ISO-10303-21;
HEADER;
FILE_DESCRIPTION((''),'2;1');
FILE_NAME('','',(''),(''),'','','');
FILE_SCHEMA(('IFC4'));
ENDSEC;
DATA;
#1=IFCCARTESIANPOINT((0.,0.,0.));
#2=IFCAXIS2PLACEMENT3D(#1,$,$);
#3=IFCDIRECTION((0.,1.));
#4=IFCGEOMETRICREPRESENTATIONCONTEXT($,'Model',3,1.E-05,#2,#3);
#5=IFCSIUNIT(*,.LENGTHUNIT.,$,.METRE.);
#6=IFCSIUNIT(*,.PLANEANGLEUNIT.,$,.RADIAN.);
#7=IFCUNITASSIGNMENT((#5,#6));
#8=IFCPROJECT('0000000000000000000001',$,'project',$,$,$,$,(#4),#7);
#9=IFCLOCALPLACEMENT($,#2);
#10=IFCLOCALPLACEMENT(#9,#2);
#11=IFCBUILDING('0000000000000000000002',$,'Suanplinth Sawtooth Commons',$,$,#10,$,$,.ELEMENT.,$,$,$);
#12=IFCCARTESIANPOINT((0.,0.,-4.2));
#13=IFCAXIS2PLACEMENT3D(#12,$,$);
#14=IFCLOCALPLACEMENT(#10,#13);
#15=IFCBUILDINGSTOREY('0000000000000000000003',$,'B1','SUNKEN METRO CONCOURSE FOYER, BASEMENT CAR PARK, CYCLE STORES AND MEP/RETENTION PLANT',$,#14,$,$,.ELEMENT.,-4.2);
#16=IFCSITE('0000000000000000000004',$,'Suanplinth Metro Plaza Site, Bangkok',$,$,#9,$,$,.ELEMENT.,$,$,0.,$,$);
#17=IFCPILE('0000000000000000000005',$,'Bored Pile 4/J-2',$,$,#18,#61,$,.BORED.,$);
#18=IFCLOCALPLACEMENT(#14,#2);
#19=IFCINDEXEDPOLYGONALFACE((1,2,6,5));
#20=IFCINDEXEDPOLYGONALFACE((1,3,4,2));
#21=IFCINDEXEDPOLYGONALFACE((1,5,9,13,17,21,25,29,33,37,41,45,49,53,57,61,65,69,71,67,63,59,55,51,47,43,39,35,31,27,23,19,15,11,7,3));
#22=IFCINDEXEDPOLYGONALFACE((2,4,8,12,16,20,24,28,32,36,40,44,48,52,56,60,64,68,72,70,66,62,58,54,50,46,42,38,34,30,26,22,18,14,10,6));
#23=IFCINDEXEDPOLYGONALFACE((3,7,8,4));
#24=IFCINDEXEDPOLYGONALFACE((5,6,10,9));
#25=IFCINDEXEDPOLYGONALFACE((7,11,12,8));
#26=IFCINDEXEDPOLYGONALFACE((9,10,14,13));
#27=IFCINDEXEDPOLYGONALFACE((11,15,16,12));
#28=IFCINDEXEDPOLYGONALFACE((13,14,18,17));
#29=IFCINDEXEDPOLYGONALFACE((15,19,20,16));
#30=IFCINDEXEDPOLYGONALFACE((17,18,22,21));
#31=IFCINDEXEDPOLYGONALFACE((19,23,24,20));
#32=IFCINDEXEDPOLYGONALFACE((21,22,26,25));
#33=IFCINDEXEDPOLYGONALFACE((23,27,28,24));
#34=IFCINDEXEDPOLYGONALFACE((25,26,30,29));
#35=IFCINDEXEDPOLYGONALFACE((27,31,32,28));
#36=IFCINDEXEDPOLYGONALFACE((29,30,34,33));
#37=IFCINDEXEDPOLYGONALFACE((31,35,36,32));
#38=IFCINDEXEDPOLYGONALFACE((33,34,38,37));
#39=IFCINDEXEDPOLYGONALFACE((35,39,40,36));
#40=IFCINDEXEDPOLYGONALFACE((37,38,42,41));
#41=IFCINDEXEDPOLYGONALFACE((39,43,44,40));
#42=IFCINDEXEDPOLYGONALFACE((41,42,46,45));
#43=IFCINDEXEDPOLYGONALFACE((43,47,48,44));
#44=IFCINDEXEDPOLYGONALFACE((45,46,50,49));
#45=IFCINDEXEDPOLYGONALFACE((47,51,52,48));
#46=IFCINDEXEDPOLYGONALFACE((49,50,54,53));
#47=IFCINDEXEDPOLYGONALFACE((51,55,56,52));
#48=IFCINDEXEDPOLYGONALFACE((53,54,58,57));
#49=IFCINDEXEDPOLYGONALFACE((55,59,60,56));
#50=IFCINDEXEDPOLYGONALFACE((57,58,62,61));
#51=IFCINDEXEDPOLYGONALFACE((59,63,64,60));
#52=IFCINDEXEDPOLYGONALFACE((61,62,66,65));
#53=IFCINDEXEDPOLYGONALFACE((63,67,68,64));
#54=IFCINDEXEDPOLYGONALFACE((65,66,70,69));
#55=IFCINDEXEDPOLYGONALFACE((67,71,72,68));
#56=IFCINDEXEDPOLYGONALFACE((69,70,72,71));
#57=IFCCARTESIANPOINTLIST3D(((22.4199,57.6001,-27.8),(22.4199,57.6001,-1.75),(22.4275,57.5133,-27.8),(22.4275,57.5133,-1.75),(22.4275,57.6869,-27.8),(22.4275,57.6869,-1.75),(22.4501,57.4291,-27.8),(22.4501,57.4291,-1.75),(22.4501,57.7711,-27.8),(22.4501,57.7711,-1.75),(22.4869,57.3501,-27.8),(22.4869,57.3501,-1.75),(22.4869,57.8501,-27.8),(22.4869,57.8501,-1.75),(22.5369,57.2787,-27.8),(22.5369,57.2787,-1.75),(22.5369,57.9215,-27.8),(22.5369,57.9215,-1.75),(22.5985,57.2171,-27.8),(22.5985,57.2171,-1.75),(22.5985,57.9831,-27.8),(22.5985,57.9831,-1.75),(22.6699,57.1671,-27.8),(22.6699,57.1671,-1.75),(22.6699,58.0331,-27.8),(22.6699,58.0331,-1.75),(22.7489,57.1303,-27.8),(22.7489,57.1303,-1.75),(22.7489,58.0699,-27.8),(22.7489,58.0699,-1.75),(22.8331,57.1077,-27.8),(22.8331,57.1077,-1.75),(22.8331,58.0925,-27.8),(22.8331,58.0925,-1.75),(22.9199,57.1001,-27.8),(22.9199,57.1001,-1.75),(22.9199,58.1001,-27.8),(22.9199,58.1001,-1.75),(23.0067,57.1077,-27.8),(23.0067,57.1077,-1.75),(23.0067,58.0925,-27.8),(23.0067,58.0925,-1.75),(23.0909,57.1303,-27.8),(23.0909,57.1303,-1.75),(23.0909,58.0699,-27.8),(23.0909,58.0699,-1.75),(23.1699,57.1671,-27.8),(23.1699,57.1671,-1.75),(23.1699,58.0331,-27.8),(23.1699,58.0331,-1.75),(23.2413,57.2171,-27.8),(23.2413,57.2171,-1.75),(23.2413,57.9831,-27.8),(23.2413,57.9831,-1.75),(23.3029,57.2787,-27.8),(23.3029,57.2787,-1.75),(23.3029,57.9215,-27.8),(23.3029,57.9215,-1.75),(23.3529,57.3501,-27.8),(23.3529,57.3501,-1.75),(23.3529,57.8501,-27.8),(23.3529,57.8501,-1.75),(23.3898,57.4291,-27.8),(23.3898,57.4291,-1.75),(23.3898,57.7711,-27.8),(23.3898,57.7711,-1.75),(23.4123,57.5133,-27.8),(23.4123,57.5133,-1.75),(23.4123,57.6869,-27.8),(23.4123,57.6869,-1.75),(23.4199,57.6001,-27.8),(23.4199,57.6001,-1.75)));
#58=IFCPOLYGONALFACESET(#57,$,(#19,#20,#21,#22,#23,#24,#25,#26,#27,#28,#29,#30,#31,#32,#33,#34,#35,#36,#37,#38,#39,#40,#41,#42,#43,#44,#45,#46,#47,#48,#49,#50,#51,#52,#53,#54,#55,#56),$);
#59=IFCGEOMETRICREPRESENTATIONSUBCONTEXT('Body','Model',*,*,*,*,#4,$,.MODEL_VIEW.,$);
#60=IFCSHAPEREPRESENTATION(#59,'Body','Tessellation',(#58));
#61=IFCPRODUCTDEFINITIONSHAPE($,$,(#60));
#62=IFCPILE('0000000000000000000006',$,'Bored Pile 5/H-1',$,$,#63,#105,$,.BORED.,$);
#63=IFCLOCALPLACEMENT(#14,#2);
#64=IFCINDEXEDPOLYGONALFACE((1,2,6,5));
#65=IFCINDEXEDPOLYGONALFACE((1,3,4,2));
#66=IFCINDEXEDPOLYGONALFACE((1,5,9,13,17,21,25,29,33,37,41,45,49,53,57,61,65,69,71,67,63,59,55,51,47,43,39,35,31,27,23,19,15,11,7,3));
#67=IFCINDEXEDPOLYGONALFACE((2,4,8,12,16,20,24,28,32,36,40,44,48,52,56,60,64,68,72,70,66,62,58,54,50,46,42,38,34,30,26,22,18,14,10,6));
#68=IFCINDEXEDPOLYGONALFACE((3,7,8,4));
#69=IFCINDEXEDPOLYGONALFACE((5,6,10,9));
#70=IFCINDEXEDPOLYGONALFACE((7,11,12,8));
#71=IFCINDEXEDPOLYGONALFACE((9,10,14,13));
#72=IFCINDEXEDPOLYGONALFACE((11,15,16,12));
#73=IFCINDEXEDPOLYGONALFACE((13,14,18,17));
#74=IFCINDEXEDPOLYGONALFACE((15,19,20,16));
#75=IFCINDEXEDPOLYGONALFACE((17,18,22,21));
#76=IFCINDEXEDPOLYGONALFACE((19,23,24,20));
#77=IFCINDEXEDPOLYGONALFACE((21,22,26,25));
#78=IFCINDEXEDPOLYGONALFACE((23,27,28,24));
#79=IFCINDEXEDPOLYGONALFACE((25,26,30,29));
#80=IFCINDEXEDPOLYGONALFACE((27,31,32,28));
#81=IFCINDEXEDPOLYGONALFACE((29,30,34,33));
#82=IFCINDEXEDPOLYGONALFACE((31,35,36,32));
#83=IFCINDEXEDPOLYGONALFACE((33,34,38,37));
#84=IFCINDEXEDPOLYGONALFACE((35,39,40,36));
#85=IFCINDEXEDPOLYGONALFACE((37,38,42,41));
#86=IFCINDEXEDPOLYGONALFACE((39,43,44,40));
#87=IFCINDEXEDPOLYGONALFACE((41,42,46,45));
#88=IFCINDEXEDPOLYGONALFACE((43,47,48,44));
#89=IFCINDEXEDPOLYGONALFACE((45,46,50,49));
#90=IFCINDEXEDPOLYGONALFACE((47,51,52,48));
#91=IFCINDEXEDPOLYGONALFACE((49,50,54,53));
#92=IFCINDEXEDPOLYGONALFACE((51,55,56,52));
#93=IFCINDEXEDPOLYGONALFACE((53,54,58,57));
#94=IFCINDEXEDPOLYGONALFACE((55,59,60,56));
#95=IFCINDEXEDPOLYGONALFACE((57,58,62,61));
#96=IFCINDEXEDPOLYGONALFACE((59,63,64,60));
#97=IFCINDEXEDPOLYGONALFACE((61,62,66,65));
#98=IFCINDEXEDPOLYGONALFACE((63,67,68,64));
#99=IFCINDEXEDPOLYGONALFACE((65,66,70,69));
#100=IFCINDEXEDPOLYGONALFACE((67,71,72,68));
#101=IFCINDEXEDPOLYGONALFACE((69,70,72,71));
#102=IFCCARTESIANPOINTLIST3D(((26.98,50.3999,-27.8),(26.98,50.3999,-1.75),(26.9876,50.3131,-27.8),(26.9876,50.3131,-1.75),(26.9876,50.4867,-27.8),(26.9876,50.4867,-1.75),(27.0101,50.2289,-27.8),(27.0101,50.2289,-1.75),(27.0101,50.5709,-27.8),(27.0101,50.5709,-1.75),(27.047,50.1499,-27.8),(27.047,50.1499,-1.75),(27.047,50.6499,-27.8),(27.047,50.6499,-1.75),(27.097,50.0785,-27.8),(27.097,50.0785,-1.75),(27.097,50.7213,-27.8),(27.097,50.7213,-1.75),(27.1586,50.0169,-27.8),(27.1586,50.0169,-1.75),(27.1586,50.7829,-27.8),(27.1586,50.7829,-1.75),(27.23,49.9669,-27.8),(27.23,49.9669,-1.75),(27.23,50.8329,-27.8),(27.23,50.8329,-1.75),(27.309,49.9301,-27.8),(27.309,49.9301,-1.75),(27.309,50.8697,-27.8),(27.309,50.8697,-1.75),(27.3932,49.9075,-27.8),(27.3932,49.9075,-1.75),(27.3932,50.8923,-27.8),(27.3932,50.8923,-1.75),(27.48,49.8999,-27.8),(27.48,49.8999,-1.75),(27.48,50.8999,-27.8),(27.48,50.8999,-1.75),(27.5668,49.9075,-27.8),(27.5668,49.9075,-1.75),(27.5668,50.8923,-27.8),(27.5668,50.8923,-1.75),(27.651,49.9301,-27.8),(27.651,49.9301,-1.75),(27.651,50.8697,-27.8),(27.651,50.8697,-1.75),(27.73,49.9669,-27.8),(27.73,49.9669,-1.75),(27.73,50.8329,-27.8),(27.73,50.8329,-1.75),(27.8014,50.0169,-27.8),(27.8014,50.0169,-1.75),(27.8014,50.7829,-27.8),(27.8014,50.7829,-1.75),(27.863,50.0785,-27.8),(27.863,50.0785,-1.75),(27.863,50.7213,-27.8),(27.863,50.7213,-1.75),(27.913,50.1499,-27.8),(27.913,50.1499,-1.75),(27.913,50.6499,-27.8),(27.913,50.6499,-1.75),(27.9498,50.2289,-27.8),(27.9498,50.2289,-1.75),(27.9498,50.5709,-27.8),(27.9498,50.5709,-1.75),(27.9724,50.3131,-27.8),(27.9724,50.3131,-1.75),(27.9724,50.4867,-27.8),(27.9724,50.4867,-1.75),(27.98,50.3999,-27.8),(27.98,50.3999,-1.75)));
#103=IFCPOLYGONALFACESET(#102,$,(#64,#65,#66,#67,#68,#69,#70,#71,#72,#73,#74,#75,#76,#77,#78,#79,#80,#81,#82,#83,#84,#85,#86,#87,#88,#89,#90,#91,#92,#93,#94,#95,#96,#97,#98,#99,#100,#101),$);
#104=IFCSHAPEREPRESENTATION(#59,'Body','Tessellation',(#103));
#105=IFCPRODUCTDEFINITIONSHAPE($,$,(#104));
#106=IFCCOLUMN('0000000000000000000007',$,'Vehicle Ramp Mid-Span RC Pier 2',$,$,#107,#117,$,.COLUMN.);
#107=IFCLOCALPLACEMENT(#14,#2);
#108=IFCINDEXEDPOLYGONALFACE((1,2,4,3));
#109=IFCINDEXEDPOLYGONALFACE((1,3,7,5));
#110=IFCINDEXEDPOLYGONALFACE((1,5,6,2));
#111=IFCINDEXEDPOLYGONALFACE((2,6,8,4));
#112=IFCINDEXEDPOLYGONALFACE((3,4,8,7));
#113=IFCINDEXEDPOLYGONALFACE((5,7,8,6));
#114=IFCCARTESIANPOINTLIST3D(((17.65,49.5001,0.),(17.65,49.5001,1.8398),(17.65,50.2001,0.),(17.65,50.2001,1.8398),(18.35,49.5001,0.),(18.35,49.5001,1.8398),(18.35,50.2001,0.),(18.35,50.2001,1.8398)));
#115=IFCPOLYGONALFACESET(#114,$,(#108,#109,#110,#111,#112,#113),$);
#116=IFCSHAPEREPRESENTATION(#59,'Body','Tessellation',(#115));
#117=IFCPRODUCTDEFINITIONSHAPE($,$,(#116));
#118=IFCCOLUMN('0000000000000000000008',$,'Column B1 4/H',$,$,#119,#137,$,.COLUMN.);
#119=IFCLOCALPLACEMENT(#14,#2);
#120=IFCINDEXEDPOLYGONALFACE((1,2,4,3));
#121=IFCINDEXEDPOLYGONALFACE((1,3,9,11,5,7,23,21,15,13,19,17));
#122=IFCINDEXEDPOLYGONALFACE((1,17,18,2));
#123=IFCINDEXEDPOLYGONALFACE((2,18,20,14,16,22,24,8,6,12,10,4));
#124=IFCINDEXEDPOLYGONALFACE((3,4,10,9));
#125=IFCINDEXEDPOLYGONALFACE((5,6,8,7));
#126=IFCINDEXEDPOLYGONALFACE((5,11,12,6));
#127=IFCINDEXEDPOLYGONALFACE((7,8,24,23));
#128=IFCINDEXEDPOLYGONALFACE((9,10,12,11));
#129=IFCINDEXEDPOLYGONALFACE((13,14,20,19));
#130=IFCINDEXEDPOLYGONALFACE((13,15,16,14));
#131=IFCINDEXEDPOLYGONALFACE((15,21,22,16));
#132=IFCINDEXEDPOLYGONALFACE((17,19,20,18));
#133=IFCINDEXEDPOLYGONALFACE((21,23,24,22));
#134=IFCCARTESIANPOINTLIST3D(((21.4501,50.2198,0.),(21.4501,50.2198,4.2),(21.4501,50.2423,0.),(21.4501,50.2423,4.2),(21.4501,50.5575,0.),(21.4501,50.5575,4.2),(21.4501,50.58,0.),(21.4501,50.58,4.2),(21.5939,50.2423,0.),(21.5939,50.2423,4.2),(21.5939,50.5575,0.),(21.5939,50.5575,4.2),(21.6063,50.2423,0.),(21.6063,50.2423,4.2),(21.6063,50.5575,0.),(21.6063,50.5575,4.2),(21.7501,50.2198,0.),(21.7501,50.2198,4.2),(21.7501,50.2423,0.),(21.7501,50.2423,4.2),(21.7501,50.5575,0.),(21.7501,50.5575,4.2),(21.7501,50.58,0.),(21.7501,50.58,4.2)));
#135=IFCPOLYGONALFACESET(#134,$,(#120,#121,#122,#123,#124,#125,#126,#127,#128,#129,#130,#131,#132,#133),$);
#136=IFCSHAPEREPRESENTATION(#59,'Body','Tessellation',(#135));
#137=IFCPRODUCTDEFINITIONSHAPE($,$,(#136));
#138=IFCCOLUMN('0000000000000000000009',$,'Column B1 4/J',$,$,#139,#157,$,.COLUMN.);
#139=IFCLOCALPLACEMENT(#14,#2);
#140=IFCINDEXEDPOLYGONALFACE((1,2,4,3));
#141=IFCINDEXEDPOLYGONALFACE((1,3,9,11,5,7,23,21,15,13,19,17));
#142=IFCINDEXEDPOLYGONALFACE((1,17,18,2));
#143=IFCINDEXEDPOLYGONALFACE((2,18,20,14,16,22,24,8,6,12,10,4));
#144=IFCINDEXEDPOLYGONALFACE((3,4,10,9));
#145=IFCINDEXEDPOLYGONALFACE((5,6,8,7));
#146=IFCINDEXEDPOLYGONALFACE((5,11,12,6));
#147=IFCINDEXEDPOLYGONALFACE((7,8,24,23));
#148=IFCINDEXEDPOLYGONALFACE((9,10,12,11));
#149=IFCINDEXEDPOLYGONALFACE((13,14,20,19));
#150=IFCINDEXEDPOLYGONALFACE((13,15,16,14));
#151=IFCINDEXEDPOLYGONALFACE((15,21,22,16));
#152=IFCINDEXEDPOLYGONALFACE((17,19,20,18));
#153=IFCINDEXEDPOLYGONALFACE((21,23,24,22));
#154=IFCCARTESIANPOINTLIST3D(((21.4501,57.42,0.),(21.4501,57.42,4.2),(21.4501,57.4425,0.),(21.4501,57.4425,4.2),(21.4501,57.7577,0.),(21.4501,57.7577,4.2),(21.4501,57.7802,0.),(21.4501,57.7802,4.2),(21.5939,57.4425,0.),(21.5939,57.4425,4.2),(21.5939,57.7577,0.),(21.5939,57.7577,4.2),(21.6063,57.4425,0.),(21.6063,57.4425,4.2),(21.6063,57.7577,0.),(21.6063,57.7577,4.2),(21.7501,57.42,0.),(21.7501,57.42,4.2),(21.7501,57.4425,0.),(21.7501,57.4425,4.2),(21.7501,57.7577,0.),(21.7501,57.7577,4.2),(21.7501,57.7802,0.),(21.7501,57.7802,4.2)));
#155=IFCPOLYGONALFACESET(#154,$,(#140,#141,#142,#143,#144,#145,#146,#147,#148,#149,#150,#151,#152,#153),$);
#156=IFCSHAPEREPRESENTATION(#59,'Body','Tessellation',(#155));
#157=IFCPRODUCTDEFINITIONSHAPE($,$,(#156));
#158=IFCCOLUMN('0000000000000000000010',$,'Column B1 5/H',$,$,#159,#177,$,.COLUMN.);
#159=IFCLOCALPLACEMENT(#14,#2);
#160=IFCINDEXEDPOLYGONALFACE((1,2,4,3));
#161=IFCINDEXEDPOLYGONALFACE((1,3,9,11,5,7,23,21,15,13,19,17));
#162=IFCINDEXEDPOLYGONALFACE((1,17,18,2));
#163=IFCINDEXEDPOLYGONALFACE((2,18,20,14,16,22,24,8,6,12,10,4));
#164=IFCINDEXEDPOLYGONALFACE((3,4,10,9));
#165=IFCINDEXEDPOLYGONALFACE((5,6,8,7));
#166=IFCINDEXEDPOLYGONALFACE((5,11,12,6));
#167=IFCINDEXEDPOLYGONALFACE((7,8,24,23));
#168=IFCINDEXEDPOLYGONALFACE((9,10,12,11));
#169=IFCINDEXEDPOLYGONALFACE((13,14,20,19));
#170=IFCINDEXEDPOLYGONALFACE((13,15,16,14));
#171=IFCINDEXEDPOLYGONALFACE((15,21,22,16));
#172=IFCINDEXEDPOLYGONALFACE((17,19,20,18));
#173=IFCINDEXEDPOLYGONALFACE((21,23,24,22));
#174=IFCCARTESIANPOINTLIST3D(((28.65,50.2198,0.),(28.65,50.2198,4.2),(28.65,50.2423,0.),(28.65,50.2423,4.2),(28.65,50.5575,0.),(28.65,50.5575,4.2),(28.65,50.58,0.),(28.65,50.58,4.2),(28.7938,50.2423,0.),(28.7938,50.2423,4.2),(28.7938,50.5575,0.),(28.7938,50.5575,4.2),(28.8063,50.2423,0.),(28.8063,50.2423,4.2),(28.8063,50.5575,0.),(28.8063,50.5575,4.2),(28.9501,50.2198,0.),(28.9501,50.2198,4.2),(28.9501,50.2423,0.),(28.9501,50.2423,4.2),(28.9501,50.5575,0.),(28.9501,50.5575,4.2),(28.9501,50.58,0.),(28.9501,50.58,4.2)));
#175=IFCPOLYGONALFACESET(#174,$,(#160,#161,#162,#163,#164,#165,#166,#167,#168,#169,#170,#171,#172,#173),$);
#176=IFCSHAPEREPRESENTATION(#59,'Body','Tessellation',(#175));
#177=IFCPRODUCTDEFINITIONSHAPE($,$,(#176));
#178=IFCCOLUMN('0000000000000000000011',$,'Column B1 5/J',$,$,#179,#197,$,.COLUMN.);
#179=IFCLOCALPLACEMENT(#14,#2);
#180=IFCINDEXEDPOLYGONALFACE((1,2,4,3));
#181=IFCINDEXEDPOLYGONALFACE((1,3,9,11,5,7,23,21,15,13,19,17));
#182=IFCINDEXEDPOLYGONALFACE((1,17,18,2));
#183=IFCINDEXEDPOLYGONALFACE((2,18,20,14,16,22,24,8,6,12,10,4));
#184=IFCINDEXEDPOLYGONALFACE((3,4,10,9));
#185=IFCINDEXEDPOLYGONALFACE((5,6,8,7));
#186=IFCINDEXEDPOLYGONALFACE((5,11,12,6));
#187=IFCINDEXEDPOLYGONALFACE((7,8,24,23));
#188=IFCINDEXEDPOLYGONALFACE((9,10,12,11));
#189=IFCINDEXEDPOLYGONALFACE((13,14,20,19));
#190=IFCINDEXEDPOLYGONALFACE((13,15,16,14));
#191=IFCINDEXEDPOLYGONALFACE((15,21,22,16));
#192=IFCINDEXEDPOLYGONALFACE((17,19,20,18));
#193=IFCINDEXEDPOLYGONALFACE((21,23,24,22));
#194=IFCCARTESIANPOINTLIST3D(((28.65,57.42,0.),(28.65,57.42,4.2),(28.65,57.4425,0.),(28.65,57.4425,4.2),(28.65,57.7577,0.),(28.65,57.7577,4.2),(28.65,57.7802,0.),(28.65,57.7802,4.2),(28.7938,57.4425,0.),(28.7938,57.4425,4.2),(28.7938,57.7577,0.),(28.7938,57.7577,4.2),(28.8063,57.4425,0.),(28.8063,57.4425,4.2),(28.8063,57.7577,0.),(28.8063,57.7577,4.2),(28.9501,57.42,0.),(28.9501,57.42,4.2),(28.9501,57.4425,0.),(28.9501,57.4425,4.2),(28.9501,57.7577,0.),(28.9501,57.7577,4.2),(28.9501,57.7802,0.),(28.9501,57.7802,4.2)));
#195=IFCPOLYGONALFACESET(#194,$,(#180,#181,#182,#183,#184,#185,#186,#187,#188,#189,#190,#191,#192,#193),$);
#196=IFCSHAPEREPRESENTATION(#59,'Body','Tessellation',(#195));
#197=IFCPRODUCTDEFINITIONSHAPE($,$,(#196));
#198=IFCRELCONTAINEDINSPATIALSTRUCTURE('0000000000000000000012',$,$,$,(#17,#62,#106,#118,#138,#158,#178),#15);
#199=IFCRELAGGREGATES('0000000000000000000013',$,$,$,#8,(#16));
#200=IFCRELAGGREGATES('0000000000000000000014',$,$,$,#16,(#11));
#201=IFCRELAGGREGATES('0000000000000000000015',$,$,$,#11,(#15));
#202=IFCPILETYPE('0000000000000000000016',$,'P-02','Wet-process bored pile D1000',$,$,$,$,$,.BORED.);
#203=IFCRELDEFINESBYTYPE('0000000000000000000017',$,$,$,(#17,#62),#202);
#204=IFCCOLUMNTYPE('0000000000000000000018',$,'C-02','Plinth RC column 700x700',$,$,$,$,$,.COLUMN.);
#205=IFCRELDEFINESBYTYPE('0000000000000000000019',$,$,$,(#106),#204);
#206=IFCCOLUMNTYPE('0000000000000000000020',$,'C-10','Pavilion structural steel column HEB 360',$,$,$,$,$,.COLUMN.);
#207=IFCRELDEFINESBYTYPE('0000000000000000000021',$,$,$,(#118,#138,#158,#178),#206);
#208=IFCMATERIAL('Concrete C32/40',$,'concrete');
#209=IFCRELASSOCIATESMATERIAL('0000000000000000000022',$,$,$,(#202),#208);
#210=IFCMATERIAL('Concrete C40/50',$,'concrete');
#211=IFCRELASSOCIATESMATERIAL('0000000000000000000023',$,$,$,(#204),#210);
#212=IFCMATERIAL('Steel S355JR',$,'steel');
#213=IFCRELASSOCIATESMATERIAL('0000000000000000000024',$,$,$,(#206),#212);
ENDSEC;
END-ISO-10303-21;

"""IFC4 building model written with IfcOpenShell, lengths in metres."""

from ifc_helpers import new_model, si_unit, direction, frame, origin, origin_2d, place, context, subcontext, project, spatial, rectangle, circle, i_section, extrude, material, material_profile, profile_set, type_object, element, save


model = new_model("IFC4")

# Units and contexts
model_context = context("Model", 3, precision=1e-05, world=origin(), true_north=direction((0.0, 1.0)))
body_context = subcontext(model_context, "Body", "Model", "MODEL_VIEW")
ifc_project = project(units=[si_unit("LENGTHUNIT", "METRE"), si_unit("PLANEANGLEUNIT", "RADIAN")], contexts=[model_context])

# Site, building, storey
site_placement = place(None, origin())
site = spatial("IfcSite", under=ifc_project, at=site_placement, Name="Suanplinth Metro Plaza Site, Bangkok", CompositionType="ELEMENT", RefElevation=0.0)
building_placement = place(site_placement, origin())
building = spatial("IfcBuilding", under=site, at=building_placement, Name="Suanplinth Sawtooth Commons", CompositionType="ELEMENT")
storey_placement = place(building_placement, frame((0.0, 0.0, -4.2)))
storey = spatial("IfcBuildingStorey", under=building, at=storey_placement, Name="B1", Description="SUNKEN METRO CONCOURSE FOYER, BASEMENT CAR PARK, CYCLE STORES AND MEP/RETENTION PLANT", CompositionType="ELEMENT", Elevation=-4.2)

# Piles
ifc_material_1 = material(Name="Concrete C32/40", Category="concrete")
ifc_material_profile_1 = material_profile(ifc_material_1, circle(Radius=0.5, at=origin_2d()), Name="PILE D1000")
ifc_profile_set_1 = profile_set([ifc_material_profile_1], Name="Concrete C32/40")
pile_type_1 = type_object("IfcPileType", Name="P-02", Description="Wet-process bored pile D1000", PredefinedType="BORED", material=ifc_profile_set_1)
for number, where, z_axis, x_axis, name in (
    (1, (22.9199, 57.6001, -1.75), (0.0, 0.0, -1.0), (1.0, 0.0, 0.0), "Bored Pile 4/J-2"),
    (2, (27.48, 50.3999, -1.75), (0.0, 0.0, -1.0), (1.0, 0.0, 0.0), "Bored Pile 5/H-1"),
):
    element("IfcPile", number, at=place(storey_placement, frame(where, z_axis=z_axis, x_axis=x_axis)), inside=storey, type_object=pile_type_1, Name=name, PredefinedType="BORED", context=body_context, shape_type="SweptSolid", body=[
        extrude(circle(Radius=0.5, at=origin_2d()), origin(), (0.0, 0.0, 1.0), 26.05),
    ])

# Columns
ifc_material_2 = material(Name="Concrete C40/50", Category="concrete")
ifc_material_profile_2 = material_profile(ifc_material_2, rectangle(XDim=0.7, YDim=0.7, at=origin_2d()), Name="RC-COL 700x700")
ifc_profile_set_2 = profile_set([ifc_material_profile_2], Name="Concrete C40/50")
column_type_1 = type_object("IfcColumnType", Name="C-02", Description="Plinth RC column 700x700", PredefinedType="COLUMN", material=ifc_profile_set_2)
column_placement = place(storey_placement, frame((18.0, 49.8501, 0.0), z_axis=(0.0, 0.0, 1.0), x_axis=(1.0, 0.0, 0.0)))
element("IfcColumn", 3, at=column_placement, inside=storey, type_object=column_type_1, Name="Vehicle Ramp Mid-Span RC Pier 2", PredefinedType="COLUMN", context=body_context, shape_type="SweptSolid", body=[
    extrude(rectangle(XDim=0.7, YDim=0.7, at=origin_2d()), origin(), (0.0, 0.0, 1.0), 1.8398),
])
ifc_material_3 = material(Name="Steel S355JR", Category="steel")
ifc_material_profile_3 = material_profile(ifc_material_3, i_section(OverallWidth=0.3, OverallDepth=0.3601, WebThickness=0.0125, FlangeThickness=0.0225, at=origin_2d()), Name="HEB 360")
ifc_profile_set_3 = profile_set([ifc_material_profile_3], Name="Steel S355JR")
column_type_2 = type_object("IfcColumnType", Name="C-10", Description="Pavilion structural steel column HEB 360", PredefinedType="COLUMN", material=ifc_profile_set_3)
for number, where, z_axis, x_axis, name in (
    (4, (21.6001, 50.3999, 0.0), (0.0, 0.0, 1.0), (1.0, 0.0, 0.0), "Column B1 4/H"),
    (5, (21.6001, 57.6001, 0.0), (0.0, 0.0, 1.0), (1.0, 0.0, 0.0), "Column B1 4/J"),
    (6, (28.8, 50.3999, 0.0), (0.0, 0.0, 1.0), (1.0, 0.0, 0.0), "Column B1 5/H"),
    (7, (28.8, 57.6001, 0.0), (0.0, 0.0, 1.0), (1.0, 0.0, 0.0), "Column B1 5/J"),
):
    element("IfcColumn", number, at=place(storey_placement, frame(where, z_axis=z_axis, x_axis=x_axis)), inside=storey, type_object=column_type_2, Name=name, PredefinedType="COLUMN", context=body_context, shape_type="SweptSolid", body=[
        extrude(i_section(OverallWidth=0.3, OverallDepth=0.3601, WebThickness=0.0125, FlangeThickness=0.0225, at=origin_2d()), origin(), (0.0, 0.0, 1.0), 4.2),
    ])

save(model, "model.ifc")
